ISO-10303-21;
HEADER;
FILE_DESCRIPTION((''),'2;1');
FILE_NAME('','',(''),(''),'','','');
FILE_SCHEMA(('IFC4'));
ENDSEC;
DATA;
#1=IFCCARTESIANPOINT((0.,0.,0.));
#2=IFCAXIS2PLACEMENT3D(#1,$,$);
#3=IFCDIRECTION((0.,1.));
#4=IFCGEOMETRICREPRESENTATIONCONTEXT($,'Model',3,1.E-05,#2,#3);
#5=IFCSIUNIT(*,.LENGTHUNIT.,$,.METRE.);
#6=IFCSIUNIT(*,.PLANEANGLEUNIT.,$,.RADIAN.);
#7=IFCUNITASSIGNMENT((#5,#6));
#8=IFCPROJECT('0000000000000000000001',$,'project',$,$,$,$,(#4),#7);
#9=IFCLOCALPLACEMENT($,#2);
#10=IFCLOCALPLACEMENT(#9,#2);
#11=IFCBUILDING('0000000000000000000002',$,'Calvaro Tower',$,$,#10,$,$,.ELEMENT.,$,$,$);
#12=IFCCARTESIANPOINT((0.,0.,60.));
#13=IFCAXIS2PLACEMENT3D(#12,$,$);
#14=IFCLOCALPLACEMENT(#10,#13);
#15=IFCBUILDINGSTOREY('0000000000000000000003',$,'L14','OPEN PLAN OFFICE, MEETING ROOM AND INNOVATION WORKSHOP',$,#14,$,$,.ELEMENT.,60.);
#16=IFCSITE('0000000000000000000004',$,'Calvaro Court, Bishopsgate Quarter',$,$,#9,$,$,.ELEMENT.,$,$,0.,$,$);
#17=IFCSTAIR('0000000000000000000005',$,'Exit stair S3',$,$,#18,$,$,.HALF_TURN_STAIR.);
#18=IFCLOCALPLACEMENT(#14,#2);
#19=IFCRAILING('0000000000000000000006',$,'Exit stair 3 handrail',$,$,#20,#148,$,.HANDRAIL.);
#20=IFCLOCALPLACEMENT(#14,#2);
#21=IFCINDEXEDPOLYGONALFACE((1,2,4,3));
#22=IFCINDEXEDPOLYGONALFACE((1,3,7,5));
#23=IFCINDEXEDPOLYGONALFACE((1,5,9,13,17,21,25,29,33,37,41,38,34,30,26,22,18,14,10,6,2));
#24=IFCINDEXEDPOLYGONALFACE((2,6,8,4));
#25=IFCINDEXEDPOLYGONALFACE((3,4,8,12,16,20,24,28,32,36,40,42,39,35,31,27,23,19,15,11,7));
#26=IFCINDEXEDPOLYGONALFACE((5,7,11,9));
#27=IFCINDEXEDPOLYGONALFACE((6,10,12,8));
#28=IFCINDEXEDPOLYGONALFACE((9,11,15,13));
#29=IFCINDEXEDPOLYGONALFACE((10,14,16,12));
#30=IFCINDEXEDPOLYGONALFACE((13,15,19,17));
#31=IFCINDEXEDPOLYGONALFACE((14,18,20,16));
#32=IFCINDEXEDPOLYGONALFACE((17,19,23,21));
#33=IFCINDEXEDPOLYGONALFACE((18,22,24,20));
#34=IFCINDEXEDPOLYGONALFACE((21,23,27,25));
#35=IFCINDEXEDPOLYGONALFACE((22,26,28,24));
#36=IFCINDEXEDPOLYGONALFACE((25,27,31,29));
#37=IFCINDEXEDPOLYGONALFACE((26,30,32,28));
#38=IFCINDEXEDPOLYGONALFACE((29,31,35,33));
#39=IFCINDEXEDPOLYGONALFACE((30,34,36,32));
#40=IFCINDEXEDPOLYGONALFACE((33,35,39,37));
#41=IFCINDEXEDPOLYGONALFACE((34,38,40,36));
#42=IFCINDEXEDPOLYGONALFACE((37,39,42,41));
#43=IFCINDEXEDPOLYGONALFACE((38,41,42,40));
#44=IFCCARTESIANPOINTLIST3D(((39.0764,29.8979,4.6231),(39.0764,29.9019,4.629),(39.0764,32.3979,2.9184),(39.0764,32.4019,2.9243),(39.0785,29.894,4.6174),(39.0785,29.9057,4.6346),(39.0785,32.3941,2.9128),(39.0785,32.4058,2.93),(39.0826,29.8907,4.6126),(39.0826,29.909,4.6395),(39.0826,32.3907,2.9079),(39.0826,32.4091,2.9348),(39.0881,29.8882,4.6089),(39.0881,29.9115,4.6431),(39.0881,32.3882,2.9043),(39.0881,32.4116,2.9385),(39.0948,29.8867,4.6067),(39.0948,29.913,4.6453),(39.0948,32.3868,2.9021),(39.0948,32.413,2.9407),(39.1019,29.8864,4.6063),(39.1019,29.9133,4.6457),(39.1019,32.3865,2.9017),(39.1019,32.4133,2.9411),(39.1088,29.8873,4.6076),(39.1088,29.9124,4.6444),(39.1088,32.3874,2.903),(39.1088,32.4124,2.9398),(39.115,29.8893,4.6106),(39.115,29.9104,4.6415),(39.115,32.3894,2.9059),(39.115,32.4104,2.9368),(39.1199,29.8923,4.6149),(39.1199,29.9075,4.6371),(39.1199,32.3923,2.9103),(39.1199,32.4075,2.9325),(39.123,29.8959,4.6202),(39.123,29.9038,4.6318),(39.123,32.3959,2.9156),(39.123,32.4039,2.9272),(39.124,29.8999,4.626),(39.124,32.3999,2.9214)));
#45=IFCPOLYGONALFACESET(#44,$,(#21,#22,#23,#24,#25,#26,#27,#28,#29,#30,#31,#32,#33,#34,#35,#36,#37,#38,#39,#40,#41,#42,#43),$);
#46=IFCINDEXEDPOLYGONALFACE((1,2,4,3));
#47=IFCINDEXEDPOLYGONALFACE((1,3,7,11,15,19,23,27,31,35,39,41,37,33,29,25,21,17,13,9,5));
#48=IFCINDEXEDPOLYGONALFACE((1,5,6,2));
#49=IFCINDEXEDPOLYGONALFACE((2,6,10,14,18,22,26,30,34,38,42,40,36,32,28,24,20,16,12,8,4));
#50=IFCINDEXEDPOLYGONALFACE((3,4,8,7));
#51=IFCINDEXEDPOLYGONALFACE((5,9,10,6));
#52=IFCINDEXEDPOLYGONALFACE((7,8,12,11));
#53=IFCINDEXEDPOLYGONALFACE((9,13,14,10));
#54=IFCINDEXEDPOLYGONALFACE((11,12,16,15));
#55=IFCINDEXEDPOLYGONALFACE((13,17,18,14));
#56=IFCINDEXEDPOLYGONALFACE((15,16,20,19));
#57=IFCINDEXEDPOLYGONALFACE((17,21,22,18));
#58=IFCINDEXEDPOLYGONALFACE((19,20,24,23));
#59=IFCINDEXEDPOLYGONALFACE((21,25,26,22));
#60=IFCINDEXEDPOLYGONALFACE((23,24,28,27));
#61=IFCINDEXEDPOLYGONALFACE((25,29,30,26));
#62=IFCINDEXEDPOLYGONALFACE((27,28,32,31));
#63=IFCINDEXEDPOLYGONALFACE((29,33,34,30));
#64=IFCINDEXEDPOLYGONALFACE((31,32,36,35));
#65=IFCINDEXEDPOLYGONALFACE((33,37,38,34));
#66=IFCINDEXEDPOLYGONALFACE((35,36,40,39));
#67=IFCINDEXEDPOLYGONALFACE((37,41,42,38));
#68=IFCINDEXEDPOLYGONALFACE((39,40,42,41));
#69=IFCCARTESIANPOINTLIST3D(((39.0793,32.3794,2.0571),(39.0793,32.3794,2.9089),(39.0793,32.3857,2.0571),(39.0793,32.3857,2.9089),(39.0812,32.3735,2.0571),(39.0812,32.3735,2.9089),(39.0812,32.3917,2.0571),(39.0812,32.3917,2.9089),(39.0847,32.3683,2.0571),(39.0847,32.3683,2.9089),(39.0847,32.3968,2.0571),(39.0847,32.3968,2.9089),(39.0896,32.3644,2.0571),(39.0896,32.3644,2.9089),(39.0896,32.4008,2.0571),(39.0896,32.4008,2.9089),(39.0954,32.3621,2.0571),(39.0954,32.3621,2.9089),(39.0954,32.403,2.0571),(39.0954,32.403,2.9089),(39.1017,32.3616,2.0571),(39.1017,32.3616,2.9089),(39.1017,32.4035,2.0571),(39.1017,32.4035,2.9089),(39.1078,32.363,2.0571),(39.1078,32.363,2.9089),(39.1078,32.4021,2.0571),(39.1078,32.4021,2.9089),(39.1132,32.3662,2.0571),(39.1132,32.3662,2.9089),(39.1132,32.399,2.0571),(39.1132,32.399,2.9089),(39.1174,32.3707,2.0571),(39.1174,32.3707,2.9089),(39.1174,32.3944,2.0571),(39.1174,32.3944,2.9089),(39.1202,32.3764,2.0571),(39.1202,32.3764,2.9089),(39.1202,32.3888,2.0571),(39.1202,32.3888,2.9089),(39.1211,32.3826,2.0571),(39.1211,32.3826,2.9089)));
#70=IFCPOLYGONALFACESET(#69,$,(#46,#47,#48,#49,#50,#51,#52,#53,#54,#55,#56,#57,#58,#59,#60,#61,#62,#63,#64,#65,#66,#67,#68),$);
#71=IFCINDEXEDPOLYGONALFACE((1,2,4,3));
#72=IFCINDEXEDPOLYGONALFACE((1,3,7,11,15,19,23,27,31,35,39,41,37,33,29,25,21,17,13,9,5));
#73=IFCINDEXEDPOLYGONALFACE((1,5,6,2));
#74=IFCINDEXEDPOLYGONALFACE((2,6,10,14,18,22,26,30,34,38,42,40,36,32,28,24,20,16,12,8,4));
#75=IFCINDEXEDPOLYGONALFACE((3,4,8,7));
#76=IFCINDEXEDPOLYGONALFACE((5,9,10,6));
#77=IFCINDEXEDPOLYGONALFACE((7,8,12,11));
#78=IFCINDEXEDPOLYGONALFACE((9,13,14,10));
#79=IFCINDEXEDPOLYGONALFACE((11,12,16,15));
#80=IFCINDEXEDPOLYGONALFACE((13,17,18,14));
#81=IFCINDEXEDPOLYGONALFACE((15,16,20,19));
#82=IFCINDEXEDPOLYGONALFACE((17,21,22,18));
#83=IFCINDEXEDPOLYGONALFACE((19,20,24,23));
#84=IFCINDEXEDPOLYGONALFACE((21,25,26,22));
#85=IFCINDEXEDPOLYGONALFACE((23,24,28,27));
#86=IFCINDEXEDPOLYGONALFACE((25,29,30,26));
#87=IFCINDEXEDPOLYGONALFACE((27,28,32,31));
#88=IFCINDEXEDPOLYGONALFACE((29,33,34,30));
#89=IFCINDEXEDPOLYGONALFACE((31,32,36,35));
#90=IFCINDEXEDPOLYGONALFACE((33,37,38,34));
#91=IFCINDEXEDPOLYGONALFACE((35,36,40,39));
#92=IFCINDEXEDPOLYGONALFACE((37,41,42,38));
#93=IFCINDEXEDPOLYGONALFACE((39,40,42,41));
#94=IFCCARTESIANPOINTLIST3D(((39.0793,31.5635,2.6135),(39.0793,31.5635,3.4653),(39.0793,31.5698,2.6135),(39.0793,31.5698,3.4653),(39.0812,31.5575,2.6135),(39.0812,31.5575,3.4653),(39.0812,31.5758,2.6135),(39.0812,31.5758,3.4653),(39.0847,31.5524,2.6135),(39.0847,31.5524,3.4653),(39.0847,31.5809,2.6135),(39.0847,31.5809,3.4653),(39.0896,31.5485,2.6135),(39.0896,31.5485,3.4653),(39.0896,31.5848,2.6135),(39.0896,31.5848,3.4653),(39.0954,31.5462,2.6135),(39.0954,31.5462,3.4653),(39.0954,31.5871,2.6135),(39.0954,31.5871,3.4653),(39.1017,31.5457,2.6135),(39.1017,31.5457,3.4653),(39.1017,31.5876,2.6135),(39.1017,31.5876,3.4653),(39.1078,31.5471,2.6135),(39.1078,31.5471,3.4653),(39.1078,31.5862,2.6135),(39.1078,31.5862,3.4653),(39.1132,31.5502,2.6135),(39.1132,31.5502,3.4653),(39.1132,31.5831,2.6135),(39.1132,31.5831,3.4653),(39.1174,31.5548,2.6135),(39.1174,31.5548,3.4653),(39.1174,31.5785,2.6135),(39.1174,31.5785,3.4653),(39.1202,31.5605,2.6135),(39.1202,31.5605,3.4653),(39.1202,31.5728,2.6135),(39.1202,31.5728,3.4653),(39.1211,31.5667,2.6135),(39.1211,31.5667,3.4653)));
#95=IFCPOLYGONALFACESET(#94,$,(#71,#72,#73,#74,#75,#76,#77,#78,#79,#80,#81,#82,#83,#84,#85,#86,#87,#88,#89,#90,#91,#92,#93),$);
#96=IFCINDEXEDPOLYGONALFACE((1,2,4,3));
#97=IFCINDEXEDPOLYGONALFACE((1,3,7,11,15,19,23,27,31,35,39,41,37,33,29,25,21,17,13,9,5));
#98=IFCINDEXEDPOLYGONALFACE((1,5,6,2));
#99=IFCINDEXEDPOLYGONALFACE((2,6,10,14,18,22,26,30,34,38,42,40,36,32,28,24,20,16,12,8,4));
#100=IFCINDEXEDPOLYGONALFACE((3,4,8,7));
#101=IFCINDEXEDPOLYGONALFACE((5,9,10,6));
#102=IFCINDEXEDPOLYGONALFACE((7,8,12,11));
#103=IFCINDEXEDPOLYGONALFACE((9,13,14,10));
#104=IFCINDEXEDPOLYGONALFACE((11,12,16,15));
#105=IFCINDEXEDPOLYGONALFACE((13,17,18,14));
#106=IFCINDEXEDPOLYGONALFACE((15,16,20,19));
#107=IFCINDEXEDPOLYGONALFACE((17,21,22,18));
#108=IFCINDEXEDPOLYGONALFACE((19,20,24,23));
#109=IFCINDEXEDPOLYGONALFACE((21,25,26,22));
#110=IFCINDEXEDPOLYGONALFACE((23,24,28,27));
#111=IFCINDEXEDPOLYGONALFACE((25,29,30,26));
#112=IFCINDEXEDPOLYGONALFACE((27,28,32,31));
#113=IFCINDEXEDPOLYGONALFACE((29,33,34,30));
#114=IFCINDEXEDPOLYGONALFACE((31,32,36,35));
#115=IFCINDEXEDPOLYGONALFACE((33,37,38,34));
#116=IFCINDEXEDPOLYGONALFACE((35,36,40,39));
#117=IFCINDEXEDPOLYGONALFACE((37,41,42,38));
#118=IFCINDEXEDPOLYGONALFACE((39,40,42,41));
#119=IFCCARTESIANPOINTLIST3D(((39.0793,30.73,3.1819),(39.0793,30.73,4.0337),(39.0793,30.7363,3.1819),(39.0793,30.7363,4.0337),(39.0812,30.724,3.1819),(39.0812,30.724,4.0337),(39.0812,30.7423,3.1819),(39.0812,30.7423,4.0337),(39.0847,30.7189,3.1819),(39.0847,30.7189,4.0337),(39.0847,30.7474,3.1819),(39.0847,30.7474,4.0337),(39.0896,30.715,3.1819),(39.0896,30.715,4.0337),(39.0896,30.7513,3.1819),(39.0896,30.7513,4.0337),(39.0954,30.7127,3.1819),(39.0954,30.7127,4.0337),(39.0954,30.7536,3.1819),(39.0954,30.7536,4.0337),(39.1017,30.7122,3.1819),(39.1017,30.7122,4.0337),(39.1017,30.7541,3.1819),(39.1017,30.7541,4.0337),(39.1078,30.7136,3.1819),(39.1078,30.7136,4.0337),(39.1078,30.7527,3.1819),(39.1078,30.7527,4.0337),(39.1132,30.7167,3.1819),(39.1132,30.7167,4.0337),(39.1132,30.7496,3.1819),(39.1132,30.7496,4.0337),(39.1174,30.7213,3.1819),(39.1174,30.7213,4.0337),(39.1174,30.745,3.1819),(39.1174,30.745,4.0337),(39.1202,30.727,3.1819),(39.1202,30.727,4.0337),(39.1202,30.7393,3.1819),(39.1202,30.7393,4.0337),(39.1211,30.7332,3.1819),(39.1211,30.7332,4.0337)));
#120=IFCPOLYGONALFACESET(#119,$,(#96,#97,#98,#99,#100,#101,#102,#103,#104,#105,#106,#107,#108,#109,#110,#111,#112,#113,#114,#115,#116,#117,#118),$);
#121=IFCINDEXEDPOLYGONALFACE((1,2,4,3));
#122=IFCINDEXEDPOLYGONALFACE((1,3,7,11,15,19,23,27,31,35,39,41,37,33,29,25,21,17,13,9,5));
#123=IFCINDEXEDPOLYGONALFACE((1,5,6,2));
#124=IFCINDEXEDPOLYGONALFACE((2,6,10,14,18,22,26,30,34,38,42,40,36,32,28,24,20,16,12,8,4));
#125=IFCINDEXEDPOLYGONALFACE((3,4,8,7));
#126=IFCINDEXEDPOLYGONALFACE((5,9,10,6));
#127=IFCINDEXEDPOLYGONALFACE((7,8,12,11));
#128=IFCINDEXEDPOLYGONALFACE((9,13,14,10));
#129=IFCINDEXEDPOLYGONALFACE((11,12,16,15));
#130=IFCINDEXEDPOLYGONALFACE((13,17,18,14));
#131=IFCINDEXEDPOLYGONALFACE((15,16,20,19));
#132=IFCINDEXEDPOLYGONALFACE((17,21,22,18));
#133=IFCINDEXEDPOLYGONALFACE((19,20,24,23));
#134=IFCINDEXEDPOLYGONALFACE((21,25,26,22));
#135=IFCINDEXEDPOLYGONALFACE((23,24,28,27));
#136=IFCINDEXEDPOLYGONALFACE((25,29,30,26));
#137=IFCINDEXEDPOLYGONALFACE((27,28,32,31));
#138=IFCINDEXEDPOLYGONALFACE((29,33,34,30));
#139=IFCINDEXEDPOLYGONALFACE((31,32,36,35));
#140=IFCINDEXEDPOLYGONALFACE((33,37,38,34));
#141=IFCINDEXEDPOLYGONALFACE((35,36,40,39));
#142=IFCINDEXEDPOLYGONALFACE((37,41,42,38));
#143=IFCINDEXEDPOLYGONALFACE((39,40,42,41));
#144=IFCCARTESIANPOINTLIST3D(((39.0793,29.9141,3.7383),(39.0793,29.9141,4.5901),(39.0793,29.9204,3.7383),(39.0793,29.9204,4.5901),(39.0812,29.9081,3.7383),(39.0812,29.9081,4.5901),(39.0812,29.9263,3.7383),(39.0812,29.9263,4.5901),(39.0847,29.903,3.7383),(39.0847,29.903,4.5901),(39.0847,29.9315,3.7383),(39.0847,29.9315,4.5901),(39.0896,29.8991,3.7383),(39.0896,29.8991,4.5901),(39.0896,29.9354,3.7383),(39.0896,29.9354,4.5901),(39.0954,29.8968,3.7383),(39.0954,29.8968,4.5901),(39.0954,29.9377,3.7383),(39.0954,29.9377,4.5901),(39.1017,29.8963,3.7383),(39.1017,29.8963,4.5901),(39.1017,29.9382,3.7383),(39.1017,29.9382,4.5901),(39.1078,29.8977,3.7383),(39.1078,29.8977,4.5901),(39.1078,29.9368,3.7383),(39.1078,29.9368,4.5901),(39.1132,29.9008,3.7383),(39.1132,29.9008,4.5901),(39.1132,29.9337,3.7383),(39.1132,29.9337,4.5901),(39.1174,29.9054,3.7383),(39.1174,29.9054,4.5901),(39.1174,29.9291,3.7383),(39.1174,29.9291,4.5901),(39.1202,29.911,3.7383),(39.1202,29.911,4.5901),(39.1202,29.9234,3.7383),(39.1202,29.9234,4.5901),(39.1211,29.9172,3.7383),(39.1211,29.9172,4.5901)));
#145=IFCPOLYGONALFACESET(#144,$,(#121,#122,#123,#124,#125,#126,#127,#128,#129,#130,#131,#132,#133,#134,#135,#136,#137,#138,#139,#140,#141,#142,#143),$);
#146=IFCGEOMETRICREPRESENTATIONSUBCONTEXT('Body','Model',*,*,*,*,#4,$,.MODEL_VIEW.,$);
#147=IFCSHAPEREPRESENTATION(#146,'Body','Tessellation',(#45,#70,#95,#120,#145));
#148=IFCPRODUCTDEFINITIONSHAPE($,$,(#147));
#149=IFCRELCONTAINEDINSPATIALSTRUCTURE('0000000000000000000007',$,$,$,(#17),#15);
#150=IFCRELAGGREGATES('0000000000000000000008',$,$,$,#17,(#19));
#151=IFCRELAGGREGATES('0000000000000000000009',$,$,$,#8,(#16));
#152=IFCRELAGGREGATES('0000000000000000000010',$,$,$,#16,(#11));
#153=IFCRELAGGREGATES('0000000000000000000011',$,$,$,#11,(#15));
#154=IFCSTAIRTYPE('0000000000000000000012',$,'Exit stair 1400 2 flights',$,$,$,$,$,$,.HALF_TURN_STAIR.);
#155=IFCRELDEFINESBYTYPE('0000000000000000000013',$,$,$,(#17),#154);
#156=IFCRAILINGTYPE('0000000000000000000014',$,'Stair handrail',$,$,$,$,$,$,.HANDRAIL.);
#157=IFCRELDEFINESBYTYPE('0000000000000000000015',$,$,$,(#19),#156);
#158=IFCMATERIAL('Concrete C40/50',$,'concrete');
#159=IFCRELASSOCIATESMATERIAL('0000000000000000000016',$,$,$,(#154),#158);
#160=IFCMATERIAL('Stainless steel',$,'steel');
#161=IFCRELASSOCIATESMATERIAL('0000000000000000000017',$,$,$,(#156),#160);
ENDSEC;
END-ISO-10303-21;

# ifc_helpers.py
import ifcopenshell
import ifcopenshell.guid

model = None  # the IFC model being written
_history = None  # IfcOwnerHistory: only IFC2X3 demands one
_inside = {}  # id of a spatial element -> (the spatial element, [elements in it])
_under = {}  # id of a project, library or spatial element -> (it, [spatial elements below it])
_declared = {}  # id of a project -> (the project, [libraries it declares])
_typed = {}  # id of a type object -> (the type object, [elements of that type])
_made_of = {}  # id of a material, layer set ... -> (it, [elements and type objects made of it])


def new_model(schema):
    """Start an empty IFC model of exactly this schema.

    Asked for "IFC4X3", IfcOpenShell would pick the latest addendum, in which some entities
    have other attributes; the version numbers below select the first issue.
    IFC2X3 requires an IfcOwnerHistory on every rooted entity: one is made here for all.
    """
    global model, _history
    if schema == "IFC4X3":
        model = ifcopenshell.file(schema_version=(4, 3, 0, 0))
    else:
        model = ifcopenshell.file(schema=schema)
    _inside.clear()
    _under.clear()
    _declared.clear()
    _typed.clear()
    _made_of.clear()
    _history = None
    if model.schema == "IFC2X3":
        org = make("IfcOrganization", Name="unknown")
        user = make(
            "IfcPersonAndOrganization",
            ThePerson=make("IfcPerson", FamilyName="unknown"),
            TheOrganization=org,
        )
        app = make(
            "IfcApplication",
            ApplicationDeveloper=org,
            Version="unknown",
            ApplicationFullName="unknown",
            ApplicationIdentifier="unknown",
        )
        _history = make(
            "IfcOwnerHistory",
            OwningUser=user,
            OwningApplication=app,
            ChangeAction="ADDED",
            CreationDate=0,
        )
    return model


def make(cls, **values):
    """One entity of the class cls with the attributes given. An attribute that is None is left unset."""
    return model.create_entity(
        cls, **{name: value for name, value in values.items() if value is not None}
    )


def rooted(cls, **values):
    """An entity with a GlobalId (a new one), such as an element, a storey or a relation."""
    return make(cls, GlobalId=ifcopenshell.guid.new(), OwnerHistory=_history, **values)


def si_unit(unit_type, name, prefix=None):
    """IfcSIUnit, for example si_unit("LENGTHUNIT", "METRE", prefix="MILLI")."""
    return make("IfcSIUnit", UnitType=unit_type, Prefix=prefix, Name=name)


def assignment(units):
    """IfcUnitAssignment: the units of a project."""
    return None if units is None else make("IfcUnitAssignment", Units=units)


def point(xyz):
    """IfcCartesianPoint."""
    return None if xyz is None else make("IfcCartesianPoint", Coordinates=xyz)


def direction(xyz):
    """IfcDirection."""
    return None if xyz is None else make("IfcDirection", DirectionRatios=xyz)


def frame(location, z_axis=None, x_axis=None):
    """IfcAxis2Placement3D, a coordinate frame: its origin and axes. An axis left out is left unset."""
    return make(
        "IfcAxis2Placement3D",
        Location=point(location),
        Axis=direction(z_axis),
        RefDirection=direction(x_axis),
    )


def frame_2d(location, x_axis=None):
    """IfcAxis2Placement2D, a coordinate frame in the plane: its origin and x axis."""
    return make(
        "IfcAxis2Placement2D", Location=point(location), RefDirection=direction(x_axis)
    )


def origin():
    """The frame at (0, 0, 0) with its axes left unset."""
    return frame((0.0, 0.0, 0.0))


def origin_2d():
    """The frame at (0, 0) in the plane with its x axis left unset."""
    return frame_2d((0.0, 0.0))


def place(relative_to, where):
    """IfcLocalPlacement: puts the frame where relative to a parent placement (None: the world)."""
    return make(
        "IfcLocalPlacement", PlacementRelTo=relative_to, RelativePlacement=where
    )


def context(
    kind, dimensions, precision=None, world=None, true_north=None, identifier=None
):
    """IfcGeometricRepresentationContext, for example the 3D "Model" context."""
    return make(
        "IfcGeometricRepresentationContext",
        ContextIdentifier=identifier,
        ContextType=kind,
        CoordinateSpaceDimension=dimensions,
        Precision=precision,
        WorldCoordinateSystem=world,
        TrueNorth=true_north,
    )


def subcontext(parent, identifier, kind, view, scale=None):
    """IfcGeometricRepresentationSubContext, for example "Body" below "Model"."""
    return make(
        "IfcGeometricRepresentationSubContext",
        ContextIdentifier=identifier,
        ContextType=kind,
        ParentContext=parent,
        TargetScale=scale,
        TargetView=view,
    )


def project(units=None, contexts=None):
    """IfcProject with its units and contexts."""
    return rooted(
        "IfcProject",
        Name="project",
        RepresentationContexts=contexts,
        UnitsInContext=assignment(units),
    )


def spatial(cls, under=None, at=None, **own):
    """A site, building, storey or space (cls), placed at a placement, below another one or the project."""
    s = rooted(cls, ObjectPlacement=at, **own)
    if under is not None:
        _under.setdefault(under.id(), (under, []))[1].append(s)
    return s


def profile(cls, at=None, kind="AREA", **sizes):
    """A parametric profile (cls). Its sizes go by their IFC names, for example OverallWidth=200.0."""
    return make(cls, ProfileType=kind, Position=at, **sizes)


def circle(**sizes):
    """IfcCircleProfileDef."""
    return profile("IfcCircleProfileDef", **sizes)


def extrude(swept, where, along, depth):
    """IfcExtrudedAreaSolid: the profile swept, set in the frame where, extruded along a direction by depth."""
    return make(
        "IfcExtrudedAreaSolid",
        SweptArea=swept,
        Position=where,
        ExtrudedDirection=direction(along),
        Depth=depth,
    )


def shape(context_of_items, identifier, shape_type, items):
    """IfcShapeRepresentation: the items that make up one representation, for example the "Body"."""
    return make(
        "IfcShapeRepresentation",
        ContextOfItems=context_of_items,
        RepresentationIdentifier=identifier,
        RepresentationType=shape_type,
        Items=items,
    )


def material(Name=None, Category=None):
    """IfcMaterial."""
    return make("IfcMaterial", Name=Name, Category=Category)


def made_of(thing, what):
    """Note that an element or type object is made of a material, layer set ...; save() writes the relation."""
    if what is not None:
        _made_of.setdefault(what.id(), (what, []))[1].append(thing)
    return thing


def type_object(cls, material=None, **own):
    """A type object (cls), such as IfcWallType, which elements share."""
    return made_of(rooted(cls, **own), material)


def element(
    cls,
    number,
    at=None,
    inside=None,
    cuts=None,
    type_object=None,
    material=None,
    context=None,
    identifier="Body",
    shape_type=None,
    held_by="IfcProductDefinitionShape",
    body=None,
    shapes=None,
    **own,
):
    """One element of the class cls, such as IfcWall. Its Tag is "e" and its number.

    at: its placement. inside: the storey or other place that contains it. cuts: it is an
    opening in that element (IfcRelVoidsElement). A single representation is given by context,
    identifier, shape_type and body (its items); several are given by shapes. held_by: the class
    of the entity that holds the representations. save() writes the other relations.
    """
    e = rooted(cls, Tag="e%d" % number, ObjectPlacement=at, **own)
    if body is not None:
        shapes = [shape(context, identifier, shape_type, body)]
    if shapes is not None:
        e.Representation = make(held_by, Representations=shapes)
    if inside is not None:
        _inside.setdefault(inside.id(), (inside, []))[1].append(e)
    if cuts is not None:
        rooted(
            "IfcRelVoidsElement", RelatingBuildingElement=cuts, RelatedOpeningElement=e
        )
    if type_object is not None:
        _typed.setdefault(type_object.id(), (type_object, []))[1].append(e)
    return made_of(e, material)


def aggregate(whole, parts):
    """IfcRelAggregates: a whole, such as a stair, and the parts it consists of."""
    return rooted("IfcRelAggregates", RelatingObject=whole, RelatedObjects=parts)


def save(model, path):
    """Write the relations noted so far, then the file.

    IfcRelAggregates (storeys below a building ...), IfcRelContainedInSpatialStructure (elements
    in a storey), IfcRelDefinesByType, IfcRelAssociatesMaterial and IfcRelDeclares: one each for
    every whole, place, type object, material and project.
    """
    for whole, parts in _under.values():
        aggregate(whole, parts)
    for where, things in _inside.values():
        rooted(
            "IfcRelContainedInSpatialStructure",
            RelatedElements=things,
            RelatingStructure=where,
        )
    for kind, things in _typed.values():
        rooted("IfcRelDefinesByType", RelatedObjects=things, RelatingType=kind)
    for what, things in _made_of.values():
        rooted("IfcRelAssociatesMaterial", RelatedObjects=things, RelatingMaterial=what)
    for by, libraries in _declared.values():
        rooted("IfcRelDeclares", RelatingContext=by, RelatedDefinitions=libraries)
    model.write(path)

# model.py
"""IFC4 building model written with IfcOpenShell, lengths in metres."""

from ifc_helpers import new_model, si_unit, direction, frame, origin, origin_2d, place, context, subcontext, project, spatial, circle, extrude, material, type_object, element, aggregate, save


model = new_model("IFC4")

# Units and contexts
model_context = context("Model", 3, precision=1e-05, world=origin(), true_north=direction((0.0, 1.0)))
body_context = subcontext(model_context, "Body", "Model", "MODEL_VIEW")
ifc_project = project(units=[si_unit("LENGTHUNIT", "METRE"), si_unit("PLANEANGLEUNIT", "RADIAN")], contexts=[model_context])

# Site, building, storey
site_placement = place(None, origin())
site = spatial("IfcSite", under=ifc_project, at=site_placement, Name="Calvaro Court, Bishopsgate Quarter", CompositionType="ELEMENT", RefElevation=0.0)
building_placement = place(site_placement, origin())
building = spatial("IfcBuilding", under=site, at=building_placement, Name="Calvaro Tower", CompositionType="ELEMENT")
storey_placement = place(building_placement, frame((0.0, 0.0, 60.0)))
storey = spatial("IfcBuildingStorey", under=building, at=storey_placement, Name="L14", Description="OPEN PLAN OFFICE, MEETING ROOM AND INNOVATION WORKSHOP", CompositionType="ELEMENT", Elevation=60.0)

# Stair
ifc_material_1 = material(Name="Concrete C40/50", Category="concrete")
stair_type = type_object("IfcStairType", Name="Exit stair 1400 2 flights", PredefinedType="HALF_TURN_STAIR", material=ifc_material_1)
stair_1_placement = place(storey_placement, origin())
stair_1 = element("IfcStair", 1, at=stair_1_placement, inside=storey, type_object=stair_type, Name="Exit stair S3", PredefinedType="HALF_TURN_STAIR")

# Railing
ifc_material_2 = material(Name="Stainless steel", Category="steel")
railing_type = type_object("IfcRailingType", Name="Stair handrail", PredefinedType="HANDRAIL", material=ifc_material_2)
railing_1_placement = place(storey_placement, frame((39.1001, 32.3999, 2.0454)))
railing_1 = element("IfcRailing", 2, at=railing_1_placement, type_object=railing_type, Name="Exit stair 3 handrail", PredefinedType="HANDRAIL", context=body_context, shape_type="SweptSolid", body=[
    extrude(circle(Radius=0.0239, at=origin_2d()), frame((0.0, 0.0, 0.876), z_axis=(0.0, -0.826221, 0.563347), x_axis=(1.0, 0.0, 0.0)), (0.0, 0.0, 1.0), 3.0259),
    extrude(circle(Radius=0.021, at=origin_2d()), frame((0.0, -0.0173, 0.0117)), (0.0, 0.0, 1.0), 0.8518),
    extrude(circle(Radius=0.021, at=origin_2d()), frame((0.0, -0.8333, 0.5681)), (0.0, 0.0, 1.0), 0.8518),
    extrude(circle(Radius=0.021, at=origin_2d()), frame((0.0, -1.6667, 1.1365)), (0.0, 0.0, 1.0), 0.8518),
    extrude(circle(Radius=0.021, at=origin_2d()), frame((0.0, -2.4827, 1.6929)), (0.0, 0.0, 1.0), 0.8518),
])
aggregate(stair_1, [railing_1])

save(model, "model.ifc")
